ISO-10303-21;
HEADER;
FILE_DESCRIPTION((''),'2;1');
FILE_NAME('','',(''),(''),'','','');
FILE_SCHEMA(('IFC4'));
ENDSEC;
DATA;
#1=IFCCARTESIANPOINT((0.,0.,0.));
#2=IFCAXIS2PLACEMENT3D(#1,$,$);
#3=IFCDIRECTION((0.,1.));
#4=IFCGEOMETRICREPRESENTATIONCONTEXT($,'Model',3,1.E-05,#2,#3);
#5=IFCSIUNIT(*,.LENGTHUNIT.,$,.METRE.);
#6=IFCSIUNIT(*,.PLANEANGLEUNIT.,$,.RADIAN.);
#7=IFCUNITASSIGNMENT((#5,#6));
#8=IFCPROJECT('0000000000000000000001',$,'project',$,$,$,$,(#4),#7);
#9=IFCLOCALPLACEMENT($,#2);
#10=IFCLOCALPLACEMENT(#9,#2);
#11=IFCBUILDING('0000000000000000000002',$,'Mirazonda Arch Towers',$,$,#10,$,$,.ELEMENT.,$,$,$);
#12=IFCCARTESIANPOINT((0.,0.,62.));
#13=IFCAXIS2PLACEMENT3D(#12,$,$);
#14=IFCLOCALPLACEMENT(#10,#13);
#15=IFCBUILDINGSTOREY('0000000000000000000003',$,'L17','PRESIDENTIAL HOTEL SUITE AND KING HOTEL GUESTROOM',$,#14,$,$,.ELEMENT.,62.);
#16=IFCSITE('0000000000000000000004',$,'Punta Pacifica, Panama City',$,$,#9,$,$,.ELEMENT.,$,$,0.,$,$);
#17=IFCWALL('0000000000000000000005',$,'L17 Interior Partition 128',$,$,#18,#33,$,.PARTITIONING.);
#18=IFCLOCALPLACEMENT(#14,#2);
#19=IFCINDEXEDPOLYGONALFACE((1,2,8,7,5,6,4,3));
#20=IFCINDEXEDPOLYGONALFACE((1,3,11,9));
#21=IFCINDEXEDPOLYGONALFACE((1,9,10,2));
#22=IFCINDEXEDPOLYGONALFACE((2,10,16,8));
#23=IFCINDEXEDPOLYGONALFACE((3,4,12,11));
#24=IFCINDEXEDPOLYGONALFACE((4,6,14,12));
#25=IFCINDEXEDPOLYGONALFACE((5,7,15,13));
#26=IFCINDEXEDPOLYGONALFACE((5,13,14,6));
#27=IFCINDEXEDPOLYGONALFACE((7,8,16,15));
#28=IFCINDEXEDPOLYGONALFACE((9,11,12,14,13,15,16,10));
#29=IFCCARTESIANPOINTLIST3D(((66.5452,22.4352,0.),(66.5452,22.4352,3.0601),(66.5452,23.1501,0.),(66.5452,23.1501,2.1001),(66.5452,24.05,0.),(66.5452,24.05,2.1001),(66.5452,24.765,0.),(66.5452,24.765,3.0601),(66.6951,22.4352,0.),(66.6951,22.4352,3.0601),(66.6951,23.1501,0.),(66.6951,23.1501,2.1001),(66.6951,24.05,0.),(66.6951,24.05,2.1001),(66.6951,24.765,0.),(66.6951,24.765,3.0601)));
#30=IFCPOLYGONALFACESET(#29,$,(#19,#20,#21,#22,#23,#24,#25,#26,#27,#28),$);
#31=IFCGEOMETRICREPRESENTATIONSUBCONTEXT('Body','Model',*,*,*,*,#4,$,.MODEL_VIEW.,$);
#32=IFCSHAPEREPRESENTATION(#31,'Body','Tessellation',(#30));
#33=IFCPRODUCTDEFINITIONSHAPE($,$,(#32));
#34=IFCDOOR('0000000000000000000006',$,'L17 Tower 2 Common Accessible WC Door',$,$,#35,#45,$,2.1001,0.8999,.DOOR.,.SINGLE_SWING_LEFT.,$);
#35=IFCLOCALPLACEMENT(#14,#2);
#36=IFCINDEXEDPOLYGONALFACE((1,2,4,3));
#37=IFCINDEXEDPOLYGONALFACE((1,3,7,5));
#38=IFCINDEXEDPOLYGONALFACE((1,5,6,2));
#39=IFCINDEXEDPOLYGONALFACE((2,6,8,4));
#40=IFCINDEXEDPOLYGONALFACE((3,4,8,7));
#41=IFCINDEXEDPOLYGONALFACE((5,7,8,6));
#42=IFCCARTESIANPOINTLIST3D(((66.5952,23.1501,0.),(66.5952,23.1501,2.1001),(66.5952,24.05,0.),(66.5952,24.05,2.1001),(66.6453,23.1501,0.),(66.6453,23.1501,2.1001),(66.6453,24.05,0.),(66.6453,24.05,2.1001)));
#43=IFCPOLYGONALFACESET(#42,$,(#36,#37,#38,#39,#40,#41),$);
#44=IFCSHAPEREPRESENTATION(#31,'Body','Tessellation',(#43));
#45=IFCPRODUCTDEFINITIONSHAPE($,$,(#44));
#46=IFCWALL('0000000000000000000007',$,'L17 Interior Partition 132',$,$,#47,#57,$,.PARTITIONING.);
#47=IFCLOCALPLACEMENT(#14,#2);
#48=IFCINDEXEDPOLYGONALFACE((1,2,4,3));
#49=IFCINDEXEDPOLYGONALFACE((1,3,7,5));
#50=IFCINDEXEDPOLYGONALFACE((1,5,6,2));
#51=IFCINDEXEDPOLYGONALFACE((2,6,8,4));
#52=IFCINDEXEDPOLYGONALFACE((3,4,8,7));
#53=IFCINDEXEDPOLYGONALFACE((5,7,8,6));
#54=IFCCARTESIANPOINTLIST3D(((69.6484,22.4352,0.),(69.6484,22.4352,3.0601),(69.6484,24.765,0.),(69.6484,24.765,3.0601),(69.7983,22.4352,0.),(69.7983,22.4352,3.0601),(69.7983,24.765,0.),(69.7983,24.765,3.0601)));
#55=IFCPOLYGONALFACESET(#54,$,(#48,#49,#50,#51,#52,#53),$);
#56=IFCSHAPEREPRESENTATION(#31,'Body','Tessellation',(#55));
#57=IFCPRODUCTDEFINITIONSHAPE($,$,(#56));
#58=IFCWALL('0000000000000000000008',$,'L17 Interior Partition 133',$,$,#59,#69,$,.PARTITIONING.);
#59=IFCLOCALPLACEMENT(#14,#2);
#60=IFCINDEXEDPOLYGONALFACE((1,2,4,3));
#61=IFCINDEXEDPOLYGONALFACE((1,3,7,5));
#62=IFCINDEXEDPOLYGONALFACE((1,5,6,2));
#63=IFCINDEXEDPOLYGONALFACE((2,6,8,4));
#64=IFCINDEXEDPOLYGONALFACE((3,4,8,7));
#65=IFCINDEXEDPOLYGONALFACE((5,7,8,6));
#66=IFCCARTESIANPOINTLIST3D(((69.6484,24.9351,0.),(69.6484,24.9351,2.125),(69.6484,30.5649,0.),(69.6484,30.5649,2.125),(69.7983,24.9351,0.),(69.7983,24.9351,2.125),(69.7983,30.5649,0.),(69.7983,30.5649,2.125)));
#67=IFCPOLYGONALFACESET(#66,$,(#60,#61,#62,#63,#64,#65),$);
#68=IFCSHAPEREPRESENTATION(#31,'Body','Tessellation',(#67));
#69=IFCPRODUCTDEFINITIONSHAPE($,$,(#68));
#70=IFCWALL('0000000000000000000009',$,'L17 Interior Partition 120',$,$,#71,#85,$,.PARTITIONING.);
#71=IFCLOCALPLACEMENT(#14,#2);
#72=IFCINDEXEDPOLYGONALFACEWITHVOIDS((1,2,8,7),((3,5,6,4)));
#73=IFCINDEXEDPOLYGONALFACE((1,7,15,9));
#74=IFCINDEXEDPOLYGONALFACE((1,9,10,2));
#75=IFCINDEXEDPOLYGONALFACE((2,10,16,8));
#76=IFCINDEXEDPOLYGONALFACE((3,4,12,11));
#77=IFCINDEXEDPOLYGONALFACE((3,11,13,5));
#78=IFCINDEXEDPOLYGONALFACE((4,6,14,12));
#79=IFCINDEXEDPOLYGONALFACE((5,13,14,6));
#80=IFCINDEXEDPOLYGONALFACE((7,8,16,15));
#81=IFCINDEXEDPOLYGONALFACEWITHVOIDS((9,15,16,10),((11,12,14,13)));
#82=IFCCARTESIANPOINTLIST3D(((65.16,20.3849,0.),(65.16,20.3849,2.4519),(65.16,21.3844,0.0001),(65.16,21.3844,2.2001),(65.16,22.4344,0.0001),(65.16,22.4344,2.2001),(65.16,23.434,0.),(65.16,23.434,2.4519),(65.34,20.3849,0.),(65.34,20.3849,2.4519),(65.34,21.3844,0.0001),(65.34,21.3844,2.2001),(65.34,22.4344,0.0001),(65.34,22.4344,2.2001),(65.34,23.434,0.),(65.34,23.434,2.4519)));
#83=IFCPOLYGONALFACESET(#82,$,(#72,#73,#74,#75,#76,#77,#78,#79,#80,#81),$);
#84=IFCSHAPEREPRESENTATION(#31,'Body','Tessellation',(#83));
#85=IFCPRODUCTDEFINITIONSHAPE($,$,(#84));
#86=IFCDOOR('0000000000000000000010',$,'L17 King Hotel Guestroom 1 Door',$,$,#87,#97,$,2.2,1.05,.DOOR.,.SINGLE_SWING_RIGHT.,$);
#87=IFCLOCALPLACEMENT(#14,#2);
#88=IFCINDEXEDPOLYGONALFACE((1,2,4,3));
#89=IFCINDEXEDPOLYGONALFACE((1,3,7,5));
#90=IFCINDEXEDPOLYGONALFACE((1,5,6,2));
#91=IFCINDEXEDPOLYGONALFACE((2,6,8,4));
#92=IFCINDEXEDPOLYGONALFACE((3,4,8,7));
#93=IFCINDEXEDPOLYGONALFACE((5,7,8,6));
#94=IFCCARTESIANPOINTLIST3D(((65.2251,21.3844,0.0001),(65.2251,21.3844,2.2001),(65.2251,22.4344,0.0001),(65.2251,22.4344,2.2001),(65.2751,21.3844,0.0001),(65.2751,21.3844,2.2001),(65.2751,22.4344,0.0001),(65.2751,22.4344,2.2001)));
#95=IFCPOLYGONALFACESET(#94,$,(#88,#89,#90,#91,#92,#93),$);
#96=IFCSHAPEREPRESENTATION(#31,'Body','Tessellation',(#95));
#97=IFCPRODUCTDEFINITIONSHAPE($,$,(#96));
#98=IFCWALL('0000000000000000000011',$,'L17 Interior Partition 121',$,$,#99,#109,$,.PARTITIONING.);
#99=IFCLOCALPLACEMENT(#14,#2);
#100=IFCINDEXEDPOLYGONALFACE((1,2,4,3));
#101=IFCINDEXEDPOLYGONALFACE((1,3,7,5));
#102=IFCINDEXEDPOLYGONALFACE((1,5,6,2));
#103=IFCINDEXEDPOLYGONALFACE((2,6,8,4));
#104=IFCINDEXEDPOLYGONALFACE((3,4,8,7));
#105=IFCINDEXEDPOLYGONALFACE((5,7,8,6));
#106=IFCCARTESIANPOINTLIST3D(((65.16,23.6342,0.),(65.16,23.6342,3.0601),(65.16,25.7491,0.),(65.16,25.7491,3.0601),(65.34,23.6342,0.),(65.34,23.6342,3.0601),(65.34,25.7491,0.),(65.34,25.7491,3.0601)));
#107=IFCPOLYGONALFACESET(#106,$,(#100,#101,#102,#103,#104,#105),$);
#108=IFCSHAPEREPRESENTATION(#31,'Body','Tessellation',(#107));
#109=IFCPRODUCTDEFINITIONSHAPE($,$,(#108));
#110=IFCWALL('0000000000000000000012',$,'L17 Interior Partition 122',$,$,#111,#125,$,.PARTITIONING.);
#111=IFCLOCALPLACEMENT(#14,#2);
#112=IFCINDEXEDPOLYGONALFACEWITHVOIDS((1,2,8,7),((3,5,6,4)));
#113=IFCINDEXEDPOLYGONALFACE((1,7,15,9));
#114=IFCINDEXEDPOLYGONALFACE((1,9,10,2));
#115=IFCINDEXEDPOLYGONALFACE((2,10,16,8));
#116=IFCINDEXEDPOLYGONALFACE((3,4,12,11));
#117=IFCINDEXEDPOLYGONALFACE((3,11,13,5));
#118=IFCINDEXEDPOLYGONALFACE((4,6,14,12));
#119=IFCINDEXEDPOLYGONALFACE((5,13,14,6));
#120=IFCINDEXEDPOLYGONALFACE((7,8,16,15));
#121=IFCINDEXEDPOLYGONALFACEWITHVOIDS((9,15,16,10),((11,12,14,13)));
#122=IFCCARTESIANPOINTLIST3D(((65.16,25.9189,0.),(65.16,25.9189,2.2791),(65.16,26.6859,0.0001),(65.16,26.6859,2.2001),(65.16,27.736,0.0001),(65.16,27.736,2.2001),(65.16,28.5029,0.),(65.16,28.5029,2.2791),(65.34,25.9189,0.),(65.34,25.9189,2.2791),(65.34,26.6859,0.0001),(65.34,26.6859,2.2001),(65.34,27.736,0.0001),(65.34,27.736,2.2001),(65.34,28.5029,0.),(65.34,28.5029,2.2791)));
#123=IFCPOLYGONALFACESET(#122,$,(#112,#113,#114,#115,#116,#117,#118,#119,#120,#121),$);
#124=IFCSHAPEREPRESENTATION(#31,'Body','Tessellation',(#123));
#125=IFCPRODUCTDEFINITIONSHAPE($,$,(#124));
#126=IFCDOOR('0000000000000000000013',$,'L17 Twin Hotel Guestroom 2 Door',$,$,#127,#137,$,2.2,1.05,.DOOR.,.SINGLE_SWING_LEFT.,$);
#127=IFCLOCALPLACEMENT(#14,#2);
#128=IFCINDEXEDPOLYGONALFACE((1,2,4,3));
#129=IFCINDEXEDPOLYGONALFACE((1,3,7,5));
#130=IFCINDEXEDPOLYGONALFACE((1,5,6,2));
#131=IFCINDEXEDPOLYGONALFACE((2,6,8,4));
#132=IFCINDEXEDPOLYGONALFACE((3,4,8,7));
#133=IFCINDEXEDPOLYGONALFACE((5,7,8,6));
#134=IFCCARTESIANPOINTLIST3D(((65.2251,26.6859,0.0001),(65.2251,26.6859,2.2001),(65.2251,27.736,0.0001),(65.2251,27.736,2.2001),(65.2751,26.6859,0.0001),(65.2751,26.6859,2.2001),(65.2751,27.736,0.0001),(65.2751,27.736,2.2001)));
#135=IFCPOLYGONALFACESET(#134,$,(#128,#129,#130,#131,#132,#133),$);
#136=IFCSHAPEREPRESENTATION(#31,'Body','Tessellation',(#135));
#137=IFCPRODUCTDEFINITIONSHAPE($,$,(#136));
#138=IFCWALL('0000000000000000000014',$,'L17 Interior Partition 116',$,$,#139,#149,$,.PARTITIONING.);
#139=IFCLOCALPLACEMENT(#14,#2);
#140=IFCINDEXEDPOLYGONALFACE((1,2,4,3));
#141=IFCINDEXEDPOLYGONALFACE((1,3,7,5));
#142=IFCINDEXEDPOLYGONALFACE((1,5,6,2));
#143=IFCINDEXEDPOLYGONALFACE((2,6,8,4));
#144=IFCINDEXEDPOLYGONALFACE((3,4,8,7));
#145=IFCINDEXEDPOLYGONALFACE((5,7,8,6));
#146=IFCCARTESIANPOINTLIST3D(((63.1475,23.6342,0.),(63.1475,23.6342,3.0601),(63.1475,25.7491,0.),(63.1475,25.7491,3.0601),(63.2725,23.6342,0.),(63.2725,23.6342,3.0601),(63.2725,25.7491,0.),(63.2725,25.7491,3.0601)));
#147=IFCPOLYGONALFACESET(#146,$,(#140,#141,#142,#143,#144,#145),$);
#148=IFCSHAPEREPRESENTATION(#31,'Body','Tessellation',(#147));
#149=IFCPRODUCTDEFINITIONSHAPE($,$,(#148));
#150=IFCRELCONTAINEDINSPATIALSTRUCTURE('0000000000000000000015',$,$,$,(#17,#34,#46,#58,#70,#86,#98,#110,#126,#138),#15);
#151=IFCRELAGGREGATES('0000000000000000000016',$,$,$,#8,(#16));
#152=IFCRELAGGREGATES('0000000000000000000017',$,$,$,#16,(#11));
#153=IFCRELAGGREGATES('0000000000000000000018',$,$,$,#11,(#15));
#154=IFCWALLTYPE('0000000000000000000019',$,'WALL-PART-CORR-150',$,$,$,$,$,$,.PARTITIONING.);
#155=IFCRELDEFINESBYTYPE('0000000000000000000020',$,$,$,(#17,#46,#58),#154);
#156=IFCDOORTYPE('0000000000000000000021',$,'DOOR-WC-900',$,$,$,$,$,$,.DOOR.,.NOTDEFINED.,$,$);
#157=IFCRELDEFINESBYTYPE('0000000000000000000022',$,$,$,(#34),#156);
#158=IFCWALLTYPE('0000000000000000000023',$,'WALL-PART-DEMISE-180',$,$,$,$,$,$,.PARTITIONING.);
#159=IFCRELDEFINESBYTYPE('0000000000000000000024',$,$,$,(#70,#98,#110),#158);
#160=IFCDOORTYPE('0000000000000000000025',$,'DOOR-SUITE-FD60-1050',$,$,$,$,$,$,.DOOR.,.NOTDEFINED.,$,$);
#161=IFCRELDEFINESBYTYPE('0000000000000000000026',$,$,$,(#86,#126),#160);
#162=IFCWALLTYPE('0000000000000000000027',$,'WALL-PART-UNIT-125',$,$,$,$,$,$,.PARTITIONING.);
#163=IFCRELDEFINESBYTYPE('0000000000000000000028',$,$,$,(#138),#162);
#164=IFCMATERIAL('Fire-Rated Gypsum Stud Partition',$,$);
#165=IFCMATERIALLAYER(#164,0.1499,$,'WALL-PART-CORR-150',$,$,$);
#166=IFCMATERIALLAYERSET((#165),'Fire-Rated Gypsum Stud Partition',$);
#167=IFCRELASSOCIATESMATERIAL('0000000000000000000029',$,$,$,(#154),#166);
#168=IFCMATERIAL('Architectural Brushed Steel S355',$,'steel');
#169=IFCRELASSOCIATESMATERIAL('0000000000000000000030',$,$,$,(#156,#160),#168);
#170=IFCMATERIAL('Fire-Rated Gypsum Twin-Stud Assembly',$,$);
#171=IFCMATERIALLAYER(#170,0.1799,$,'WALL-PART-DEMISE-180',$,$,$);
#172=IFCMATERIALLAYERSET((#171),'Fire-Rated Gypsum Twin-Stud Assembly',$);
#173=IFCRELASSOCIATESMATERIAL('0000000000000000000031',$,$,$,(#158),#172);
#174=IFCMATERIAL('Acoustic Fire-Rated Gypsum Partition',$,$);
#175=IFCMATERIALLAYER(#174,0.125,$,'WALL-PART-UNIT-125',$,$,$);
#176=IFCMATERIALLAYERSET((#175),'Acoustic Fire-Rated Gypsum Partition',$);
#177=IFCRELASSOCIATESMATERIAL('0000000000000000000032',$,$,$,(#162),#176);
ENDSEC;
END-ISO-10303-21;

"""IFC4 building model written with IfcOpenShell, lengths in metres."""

from ifc_helpers import new_model, si_unit, direction, frame, frame_2d, origin, place, context, subcontext, project, spatial, rectangle, extrude, material, layer, layer_set, type_object, element, fill, save


model = new_model("IFC4")

# Units and contexts
model_context = context("Model", 3, precision=1e-05, world=origin(), true_north=direction((0.0, 1.0)))
body_context = subcontext(model_context, "Body", "Model", "MODEL_VIEW")
ifc_project = project(units=[si_unit("LENGTHUNIT", "METRE"), si_unit("PLANEANGLEUNIT", "RADIAN")], contexts=[model_context])

# Site, building, storey
site_placement = place(None, origin())
site = spatial("IfcSite", under=ifc_project, at=site_placement, Name="Punta Pacifica, Panama City", CompositionType="ELEMENT", RefElevation=0.0)
building_placement = place(site_placement, origin())
building = spatial("IfcBuilding", under=site, at=building_placement, Name="Mirazonda Arch Towers", CompositionType="ELEMENT")
storey_placement = place(building_placement, frame((0.0, 0.0, 62.0)))
storey = spatial("IfcBuildingStorey", under=building, at=storey_placement, Name="L17", Description="PRESIDENTIAL HOTEL SUITE AND KING HOTEL GUESTROOM", CompositionType="ELEMENT", Elevation=62.0)

# Shared definitions
ifc_material_1 = material(Name="Architectural Brushed Steel S355", Category="steel")

# Shared definitions
ifc_material_2 = material(Name="Fire-Rated Gypsum Stud Partition")
ifc_layer_1 = layer(ifc_material_2, 0.1499, Name="WALL-PART-CORR-150")
ifc_layer_set_1 = layer_set([ifc_layer_1], Name="Fire-Rated Gypsum Stud Partition")
wall_type_1 = type_object("IfcWallType", Name="WALL-PART-CORR-150", PredefinedType="PARTITIONING", material=ifc_layer_set_1)

# Wall, opening, door
wall_1_placement = place(storey_placement, frame((66.6201, 22.4351, 0.0), z_axis=(0.0, 0.0, 1.0), x_axis=(0.0, 1.0, 0.0)))
wall_1 = element("IfcWall", 1, at=wall_1_placement, inside=storey, type_object=wall_type_1, Name="L17 Interior Partition 128", PredefinedType="PARTITIONING", context=body_context, shape_type="SweptSolid", body=[
    extrude(rectangle(XDim=2.3298, YDim=0.1499, at=frame_2d((1.165, 0.0))), origin(), (0.0, 0.0, 1.0), 3.0601),
])
opening_1_placement = place(wall_1_placement, frame((0.7151, 0.0, 0.0)))
opening_1 = element("IfcOpeningElement", 2, at=opening_1_placement, cuts=wall_1, PredefinedType="OPENING", context=body_context, shape_type="SweptSolid", body=[
    extrude(rectangle(XDim=0.8999, YDim=2.1001, at=frame_2d((0.45, 1.05))), frame((0.0, 0.085, 0.0), z_axis=(0.0, -1.0, 0.0), x_axis=(1.0, 0.0, 0.0)), (0.0, 0.0, 1.0), 0.1699),
])
door_type_1 = type_object("IfcDoorType", Name="DOOR-WC-900", OperationType="NOTDEFINED", PredefinedType="DOOR", material=ifc_material_1)
door_1_placement = place(opening_1_placement, origin())
door_1 = element("IfcDoor", 3, at=door_1_placement, inside=storey, type_object=door_type_1, Name="L17 Tower 2 Common Accessible WC Door", OperationType="SINGLE_SWING_LEFT", OverallHeight=2.1001, OverallWidth=0.8999, PredefinedType="DOOR", context=body_context, shape_type="SweptSolid", body=[
    extrude(rectangle(XDim=0.8999, YDim=2.1001, at=frame_2d((0.45, 1.05))), frame((0.0, 0.0249, 0.0), z_axis=(0.0, -1.0, 0.0), x_axis=(1.0, 0.0, 0.0)), (0.0, 0.0, 1.0), 0.05),
])
fill(opening_1, door_1)

# Walls
wall_2_placement = place(storey_placement, frame((69.7234, 22.4351, 0.0), z_axis=(0.0, 0.0, 1.0), x_axis=(0.0, 1.0, 0.0)))
element("IfcWall", 4, at=wall_2_placement, inside=storey, type_object=wall_type_1, Name="L17 Interior Partition 132", PredefinedType="PARTITIONING", context=body_context, shape_type="SweptSolid", body=[
    extrude(rectangle(XDim=2.3298, YDim=0.1499, at=frame_2d((1.165, 0.0))), origin(), (0.0, 0.0, 1.0), 3.0601),
])
wall_3_placement = place(storey_placement, frame((69.7234, 24.9351, 0.0), z_axis=(0.0, 0.0, 1.0), x_axis=(0.0, 1.0, 0.0)))
element("IfcWall", 5, at=wall_3_placement, inside=storey, type_object=wall_type_1, Name="L17 Interior Partition 133", PredefinedType="PARTITIONING", context=body_context, shape_type="SweptSolid", body=[
    extrude(rectangle(XDim=5.6299, YDim=0.1499, at=frame_2d((2.8149, 0.0))), origin(), (0.0, 0.0, 1.0), 2.125),
])

# Wall, opening, door
ifc_material_3 = material(Name="Fire-Rated Gypsum Twin-Stud Assembly")
ifc_layer_2 = layer(ifc_material_3, 0.1799, Name="WALL-PART-DEMISE-180")
ifc_layer_set_2 = layer_set([ifc_layer_2], Name="Fire-Rated Gypsum Twin-Stud Assembly")
wall_type_2 = type_object("IfcWallType", Name="WALL-PART-DEMISE-180", PredefinedType="PARTITIONING", material=ifc_layer_set_2)
wall_4_placement = place(storey_placement, frame((65.25, 20.385, 0.0), z_axis=(0.0, 0.0, 1.0), x_axis=(0.0, 1.0, 0.0)))
wall_4 = element("IfcWall", 6, at=wall_4_placement, inside=storey, type_object=wall_type_2, Name="L17 Interior Partition 120", PredefinedType="PARTITIONING", context=body_context, shape_type="SweptSolid", body=[
    extrude(rectangle(XDim=3.0491, YDim=0.1799, at=frame_2d((1.5244, 0.0))), origin(), (0.0, 0.0, 1.0), 2.4519),
])
opening_2_placement = place(wall_4_placement, frame((0.9995, 0.0, 0.0)))
opening_2 = element("IfcOpeningElement", 7, at=opening_2_placement, cuts=wall_4, PredefinedType="OPENING", context=body_context, shape_type="SweptSolid", body=[
    extrude(rectangle(XDim=1.05, YDim=2.2, at=frame_2d((0.5249, 1.1001))), frame((0.0, 0.0999, 0.0), z_axis=(0.0, -1.0, 0.0), x_axis=(1.0, 0.0, 0.0)), (0.0, 0.0, 1.0), 0.2),
])
door_type_2 = type_object("IfcDoorType", Name="DOOR-SUITE-FD60-1050", OperationType="NOTDEFINED", PredefinedType="DOOR", material=ifc_material_1)
door_2_placement = place(opening_2_placement, origin())
door_2 = element("IfcDoor", 8, at=door_2_placement, inside=storey, type_object=door_type_2, Name="L17 King Hotel Guestroom 1 Door", OperationType="SINGLE_SWING_RIGHT", OverallHeight=2.2, OverallWidth=1.05, PredefinedType="DOOR", context=body_context, shape_type="SweptSolid", body=[
    extrude(rectangle(XDim=1.05, YDim=2.2, at=frame_2d((0.5249, 1.1001))), frame((0.0, 0.0249, 0.0), z_axis=(0.0, -1.0, 0.0), x_axis=(1.0, 0.0, 0.0)), (0.0, 0.0, 1.0), 0.05),
])
fill(opening_2, door_2)

# Wall
wall_5_placement = place(storey_placement, frame((65.25, 23.634, 0.0), z_axis=(0.0, 0.0, 1.0), x_axis=(0.0, 1.0, 0.0)))
element("IfcWall", 9, at=wall_5_placement, inside=storey, type_object=wall_type_2, Name="L17 Interior Partition 121", PredefinedType="PARTITIONING", context=body_context, shape_type="SweptSolid", body=[
    extrude(rectangle(XDim=2.115, YDim=0.1799, at=frame_2d((1.0576, 0.0))), origin(), (0.0, 0.0, 1.0), 3.0601),
])

# Wall, opening, door
wall_6_placement = place(storey_placement, frame((65.25, 25.9189, 0.0), z_axis=(0.0, 0.0, 1.0), x_axis=(0.0, 1.0, 0.0)))
wall_6 = element("IfcWall", 10, at=wall_6_placement, inside=storey, type_object=wall_type_2, Name="L17 Interior Partition 122", PredefinedType="PARTITIONING", context=body_context, shape_type="SweptSolid", body=[
    extrude(rectangle(XDim=2.584, YDim=0.1799, at=frame_2d((1.292, 0.0))), origin(), (0.0, 0.0, 1.0), 2.2791),
])
opening_3_placement = place(wall_6_placement, frame((0.7671, 0.0, 0.0)))
opening_3 = element("IfcOpeningElement", 11, at=opening_3_placement, cuts=wall_6, PredefinedType="OPENING", context=body_context, shape_type="SweptSolid", body=[
    extrude(rectangle(XDim=1.05, YDim=2.2, at=frame_2d((0.5249, 1.1001))), frame((0.0, 0.0999, 0.0), z_axis=(0.0, -1.0, 0.0), x_axis=(1.0, 0.0, 0.0)), (0.0, 0.0, 1.0), 0.2),
])
door_3_placement = place(opening_3_placement, origin())
door_3 = element("IfcDoor", 12, at=door_3_placement, inside=storey, type_object=door_type_2, Name="L17 Twin Hotel Guestroom 2 Door", OperationType="SINGLE_SWING_LEFT", OverallHeight=2.2, OverallWidth=1.05, PredefinedType="DOOR", context=body_context, shape_type="SweptSolid", body=[
    extrude(rectangle(XDim=1.05, YDim=2.2, at=frame_2d((0.5249, 1.1001))), frame((0.0, 0.0249, 0.0), z_axis=(0.0, -1.0, 0.0), x_axis=(1.0, 0.0, 0.0)), (0.0, 0.0, 1.0), 0.05),
])
fill(opening_3, door_3)

# Wall
ifc_material_4 = material(Name="Acoustic Fire-Rated Gypsum Partition")
ifc_layer_3 = layer(ifc_material_4, 0.125, Name="WALL-PART-UNIT-125")
ifc_layer_set_3 = layer_set([ifc_layer_3], Name="Acoustic Fire-Rated Gypsum Partition")
wall_type_3 = type_object("IfcWallType", Name="WALL-PART-UNIT-125", PredefinedType="PARTITIONING", material=ifc_layer_set_3)
wall_7_placement = place(storey_placement, frame((63.21, 23.634, 0.0), z_axis=(0.0, 0.0, 1.0), x_axis=(0.0, 1.0, 0.0)))
element("IfcWall", 13, at=wall_7_placement, inside=storey, type_object=wall_type_3, Name="L17 Interior Partition 116", PredefinedType="PARTITIONING", context=body_context, shape_type="SweptSolid", body=[
    extrude(rectangle(XDim=2.115, YDim=0.125, at=frame_2d((1.0576, 0.0))), origin(), (0.0, 0.0, 1.0), 3.0601),
])

save(model, "model.ifc")
